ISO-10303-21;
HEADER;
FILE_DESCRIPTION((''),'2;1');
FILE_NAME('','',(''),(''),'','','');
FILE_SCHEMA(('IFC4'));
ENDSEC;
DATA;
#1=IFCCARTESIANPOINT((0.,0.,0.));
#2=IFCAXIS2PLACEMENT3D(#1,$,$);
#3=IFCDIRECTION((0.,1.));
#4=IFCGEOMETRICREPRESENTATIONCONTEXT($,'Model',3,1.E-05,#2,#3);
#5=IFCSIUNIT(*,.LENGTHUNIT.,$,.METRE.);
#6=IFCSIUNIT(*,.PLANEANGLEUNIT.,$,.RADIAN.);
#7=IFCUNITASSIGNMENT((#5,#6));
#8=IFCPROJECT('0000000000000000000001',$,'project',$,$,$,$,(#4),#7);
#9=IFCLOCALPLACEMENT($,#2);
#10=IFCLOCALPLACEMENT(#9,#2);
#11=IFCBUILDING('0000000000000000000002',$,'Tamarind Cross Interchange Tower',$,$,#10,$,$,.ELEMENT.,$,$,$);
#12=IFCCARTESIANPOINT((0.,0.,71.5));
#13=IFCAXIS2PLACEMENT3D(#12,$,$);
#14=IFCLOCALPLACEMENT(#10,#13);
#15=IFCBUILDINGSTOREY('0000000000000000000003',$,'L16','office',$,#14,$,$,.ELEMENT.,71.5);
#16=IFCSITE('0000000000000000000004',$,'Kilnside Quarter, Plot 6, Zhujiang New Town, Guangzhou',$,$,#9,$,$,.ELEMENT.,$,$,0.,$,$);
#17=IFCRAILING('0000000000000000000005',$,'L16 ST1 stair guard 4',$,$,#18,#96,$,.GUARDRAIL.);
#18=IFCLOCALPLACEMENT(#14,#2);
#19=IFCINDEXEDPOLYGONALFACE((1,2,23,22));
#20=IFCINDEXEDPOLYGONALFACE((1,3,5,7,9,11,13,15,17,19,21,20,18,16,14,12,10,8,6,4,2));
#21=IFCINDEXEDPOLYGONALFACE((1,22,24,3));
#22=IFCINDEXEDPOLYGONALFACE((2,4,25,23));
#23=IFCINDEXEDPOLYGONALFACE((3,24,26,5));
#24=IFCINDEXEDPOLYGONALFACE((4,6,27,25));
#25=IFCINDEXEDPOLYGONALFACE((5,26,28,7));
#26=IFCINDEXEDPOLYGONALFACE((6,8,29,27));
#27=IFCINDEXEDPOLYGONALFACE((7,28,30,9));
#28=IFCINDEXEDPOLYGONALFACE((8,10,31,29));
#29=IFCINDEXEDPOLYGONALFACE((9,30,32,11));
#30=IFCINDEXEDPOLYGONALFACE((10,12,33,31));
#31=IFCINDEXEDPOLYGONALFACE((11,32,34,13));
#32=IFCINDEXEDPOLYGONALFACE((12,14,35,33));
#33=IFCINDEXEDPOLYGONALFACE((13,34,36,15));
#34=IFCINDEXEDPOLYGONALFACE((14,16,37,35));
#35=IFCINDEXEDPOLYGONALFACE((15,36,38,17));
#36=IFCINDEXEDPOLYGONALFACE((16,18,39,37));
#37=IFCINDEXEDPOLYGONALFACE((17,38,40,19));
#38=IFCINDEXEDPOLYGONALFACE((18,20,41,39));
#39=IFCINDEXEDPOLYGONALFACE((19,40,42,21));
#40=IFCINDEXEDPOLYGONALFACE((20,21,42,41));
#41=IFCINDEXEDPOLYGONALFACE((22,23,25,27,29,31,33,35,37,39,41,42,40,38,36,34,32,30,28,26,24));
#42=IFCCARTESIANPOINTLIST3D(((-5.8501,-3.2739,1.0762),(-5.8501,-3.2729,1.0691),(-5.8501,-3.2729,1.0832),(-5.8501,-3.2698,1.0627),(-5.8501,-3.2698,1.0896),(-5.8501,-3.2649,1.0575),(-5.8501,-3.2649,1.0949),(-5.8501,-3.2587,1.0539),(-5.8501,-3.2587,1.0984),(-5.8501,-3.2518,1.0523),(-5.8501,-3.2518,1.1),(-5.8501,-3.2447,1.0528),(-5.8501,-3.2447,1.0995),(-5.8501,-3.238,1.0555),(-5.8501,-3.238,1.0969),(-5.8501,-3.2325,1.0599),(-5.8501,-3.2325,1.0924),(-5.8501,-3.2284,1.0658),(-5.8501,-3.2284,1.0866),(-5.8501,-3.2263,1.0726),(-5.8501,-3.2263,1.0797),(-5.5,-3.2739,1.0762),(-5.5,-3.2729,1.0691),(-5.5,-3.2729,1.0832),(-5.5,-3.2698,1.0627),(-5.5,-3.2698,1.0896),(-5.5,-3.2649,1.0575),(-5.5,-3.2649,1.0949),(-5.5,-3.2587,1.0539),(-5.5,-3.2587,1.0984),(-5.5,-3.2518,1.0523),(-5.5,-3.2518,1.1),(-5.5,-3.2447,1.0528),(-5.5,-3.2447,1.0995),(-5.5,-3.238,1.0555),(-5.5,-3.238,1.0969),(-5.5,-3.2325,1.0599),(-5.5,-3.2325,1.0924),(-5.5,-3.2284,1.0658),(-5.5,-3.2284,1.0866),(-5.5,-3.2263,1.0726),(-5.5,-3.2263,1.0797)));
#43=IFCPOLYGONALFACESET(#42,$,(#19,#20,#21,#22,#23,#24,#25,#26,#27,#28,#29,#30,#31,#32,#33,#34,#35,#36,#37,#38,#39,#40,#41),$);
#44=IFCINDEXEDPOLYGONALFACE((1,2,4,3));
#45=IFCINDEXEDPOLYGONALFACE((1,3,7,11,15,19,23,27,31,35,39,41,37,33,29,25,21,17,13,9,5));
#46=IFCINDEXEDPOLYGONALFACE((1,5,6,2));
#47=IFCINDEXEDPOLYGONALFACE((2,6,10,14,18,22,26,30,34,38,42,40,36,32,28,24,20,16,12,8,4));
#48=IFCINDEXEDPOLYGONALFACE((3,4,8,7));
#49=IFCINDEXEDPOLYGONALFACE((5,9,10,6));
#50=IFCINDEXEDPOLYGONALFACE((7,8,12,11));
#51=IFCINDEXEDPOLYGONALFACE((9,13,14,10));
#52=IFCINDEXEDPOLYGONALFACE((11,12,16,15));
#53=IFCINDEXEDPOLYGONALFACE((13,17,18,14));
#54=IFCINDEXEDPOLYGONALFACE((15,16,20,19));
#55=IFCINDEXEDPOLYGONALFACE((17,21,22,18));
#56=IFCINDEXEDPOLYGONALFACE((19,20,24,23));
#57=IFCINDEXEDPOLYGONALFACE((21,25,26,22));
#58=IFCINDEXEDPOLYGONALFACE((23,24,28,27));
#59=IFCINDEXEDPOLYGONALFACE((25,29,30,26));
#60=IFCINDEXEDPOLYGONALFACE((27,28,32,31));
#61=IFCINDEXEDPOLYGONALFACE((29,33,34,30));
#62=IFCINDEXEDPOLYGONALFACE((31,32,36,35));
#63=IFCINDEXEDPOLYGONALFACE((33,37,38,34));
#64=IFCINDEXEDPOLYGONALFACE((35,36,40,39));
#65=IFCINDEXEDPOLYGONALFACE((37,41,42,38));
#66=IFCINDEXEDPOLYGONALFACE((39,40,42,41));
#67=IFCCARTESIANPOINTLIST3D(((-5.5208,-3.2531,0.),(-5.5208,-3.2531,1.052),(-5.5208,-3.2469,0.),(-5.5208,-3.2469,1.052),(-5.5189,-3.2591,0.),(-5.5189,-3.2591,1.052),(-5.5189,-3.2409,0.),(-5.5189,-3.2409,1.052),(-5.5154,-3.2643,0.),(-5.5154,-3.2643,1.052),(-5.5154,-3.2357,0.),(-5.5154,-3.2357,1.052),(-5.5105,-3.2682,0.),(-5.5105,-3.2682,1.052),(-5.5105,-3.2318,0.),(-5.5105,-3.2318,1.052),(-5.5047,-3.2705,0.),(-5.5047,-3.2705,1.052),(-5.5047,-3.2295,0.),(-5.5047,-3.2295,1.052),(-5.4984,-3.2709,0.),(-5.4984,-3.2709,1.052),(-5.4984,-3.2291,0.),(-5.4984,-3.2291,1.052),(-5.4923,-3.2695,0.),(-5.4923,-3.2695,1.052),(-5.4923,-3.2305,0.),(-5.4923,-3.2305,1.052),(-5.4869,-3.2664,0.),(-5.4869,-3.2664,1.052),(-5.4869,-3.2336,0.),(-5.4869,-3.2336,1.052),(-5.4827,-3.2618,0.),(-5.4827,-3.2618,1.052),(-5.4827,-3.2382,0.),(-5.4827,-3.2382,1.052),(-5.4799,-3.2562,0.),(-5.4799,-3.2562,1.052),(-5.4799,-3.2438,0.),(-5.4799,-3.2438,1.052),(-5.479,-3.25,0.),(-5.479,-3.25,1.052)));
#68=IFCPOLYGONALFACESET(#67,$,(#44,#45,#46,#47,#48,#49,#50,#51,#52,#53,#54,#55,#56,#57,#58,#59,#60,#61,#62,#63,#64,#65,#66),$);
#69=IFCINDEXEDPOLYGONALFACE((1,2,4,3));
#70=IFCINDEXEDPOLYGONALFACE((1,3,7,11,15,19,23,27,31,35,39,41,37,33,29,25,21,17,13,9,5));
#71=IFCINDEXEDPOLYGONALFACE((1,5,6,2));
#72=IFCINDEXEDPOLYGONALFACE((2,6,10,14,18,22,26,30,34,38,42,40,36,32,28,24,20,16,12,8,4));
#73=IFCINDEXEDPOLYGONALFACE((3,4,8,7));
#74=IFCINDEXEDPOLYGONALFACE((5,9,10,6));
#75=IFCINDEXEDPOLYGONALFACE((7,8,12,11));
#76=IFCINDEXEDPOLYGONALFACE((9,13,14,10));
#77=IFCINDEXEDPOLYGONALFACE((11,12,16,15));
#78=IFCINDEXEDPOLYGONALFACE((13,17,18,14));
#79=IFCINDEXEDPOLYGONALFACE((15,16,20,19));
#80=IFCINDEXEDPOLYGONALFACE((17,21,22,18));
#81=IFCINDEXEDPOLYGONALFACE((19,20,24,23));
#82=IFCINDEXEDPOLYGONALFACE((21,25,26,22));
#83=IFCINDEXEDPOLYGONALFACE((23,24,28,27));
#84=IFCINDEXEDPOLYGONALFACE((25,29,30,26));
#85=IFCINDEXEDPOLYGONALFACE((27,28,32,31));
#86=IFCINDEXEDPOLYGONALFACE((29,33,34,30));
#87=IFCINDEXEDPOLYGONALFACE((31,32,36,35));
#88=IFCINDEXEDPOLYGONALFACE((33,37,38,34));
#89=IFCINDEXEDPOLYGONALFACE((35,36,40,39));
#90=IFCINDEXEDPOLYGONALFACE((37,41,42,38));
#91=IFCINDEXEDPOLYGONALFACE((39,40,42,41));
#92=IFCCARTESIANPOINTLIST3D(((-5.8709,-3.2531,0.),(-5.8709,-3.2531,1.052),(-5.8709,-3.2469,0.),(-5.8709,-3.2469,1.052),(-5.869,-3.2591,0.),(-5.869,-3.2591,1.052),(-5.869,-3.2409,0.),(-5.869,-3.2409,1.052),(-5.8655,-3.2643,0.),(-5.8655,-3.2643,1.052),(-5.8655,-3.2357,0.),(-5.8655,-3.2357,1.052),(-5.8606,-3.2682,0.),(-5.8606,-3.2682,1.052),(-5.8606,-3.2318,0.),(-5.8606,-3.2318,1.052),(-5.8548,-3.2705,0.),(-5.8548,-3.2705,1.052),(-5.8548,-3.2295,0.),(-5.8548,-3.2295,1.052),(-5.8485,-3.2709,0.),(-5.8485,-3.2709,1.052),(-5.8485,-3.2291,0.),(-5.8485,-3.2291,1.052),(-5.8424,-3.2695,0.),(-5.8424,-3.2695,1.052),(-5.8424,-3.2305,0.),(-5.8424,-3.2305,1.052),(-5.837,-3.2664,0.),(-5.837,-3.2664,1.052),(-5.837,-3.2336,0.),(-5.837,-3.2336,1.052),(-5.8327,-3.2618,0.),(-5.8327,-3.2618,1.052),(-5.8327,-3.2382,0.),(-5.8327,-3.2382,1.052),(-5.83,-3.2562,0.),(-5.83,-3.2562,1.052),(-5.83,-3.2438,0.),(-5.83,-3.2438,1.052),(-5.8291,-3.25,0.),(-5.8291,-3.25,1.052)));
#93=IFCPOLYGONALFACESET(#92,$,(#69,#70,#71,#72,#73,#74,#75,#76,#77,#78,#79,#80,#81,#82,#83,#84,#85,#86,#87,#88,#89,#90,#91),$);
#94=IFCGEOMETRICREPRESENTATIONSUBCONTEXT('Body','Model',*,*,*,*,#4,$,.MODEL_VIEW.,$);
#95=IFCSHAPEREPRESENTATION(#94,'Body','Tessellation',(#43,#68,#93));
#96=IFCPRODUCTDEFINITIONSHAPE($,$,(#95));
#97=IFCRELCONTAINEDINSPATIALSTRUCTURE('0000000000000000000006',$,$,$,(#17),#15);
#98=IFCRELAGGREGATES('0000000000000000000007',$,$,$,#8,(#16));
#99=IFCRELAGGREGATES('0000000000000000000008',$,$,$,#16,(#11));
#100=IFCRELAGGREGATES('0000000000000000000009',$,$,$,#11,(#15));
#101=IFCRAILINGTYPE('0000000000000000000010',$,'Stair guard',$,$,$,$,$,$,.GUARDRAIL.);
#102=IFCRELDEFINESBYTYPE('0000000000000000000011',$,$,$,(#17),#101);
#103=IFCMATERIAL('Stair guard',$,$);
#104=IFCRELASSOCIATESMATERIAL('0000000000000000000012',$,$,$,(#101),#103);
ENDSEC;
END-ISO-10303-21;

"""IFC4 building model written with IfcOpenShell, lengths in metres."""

from ifc_helpers import new_model, si_unit, direction, frame, origin, origin_2d, place, context, subcontext, project, spatial, circle, extrude, material, type_object, element, save


model = new_model("IFC4")

# Units and contexts
model_context = context("Model", 3, precision=1e-05, world=origin(), true_north=direction((0.0, 1.0)))
body_context = subcontext(model_context, "Body", "Model", "MODEL_VIEW")
ifc_project = project(units=[si_unit("LENGTHUNIT", "METRE"), si_unit("PLANEANGLEUNIT", "RADIAN")], contexts=[model_context])

# Site, building, storey
site_placement = place(None, origin())
site = spatial("IfcSite", under=ifc_project, at=site_placement, Name="Kilnside Quarter, Plot 6, Zhujiang New Town, Guangzhou", CompositionType="ELEMENT", RefElevation=0.0)
building_placement = place(site_placement, origin())
building = spatial("IfcBuilding", under=site, at=building_placement, Name="Tamarind Cross Interchange Tower", CompositionType="ELEMENT")
storey_placement = place(building_placement, frame((0.0, 0.0, 71.5)))
storey = spatial("IfcBuildingStorey", under=building, at=storey_placement, Name="L16", Description="office", CompositionType="ELEMENT", Elevation=71.5)

# Railing
ifc_material_1 = material(Name="Stair guard")
railing_type_1 = type_object("IfcRailingType", Name="Stair guard", PredefinedType="GUARDRAIL", material=ifc_material_1)
railing_1_placement = place(storey_placement, frame((-5.5, -3.25, 0.0)))
element("IfcRailing", 1, at=railing_1_placement, inside=storey, type_object=railing_type_1, Name="L16 ST1 stair guard 4", PredefinedType="GUARDRAIL", context=body_context, shape_type="SweptSolid", body=[
    extrude(circle(Radius=0.0239, at=origin_2d()), frame((0.0, 0.0, 1.0762), z_axis=(-1.0, 0.0, 0.0), x_axis=(0.0, -1.0, 0.0)), (0.0, 0.0, 1.0), 0.3501),
    extrude(circle(Radius=0.021, at=origin_2d()), origin(), (0.0, 0.0, 1.0), 1.052),
    extrude(circle(Radius=0.021, at=origin_2d()), frame((-0.3501, 0.0, 0.0)), (0.0, 0.0, 1.0), 1.052),
])

save(model, "model.ifc")
